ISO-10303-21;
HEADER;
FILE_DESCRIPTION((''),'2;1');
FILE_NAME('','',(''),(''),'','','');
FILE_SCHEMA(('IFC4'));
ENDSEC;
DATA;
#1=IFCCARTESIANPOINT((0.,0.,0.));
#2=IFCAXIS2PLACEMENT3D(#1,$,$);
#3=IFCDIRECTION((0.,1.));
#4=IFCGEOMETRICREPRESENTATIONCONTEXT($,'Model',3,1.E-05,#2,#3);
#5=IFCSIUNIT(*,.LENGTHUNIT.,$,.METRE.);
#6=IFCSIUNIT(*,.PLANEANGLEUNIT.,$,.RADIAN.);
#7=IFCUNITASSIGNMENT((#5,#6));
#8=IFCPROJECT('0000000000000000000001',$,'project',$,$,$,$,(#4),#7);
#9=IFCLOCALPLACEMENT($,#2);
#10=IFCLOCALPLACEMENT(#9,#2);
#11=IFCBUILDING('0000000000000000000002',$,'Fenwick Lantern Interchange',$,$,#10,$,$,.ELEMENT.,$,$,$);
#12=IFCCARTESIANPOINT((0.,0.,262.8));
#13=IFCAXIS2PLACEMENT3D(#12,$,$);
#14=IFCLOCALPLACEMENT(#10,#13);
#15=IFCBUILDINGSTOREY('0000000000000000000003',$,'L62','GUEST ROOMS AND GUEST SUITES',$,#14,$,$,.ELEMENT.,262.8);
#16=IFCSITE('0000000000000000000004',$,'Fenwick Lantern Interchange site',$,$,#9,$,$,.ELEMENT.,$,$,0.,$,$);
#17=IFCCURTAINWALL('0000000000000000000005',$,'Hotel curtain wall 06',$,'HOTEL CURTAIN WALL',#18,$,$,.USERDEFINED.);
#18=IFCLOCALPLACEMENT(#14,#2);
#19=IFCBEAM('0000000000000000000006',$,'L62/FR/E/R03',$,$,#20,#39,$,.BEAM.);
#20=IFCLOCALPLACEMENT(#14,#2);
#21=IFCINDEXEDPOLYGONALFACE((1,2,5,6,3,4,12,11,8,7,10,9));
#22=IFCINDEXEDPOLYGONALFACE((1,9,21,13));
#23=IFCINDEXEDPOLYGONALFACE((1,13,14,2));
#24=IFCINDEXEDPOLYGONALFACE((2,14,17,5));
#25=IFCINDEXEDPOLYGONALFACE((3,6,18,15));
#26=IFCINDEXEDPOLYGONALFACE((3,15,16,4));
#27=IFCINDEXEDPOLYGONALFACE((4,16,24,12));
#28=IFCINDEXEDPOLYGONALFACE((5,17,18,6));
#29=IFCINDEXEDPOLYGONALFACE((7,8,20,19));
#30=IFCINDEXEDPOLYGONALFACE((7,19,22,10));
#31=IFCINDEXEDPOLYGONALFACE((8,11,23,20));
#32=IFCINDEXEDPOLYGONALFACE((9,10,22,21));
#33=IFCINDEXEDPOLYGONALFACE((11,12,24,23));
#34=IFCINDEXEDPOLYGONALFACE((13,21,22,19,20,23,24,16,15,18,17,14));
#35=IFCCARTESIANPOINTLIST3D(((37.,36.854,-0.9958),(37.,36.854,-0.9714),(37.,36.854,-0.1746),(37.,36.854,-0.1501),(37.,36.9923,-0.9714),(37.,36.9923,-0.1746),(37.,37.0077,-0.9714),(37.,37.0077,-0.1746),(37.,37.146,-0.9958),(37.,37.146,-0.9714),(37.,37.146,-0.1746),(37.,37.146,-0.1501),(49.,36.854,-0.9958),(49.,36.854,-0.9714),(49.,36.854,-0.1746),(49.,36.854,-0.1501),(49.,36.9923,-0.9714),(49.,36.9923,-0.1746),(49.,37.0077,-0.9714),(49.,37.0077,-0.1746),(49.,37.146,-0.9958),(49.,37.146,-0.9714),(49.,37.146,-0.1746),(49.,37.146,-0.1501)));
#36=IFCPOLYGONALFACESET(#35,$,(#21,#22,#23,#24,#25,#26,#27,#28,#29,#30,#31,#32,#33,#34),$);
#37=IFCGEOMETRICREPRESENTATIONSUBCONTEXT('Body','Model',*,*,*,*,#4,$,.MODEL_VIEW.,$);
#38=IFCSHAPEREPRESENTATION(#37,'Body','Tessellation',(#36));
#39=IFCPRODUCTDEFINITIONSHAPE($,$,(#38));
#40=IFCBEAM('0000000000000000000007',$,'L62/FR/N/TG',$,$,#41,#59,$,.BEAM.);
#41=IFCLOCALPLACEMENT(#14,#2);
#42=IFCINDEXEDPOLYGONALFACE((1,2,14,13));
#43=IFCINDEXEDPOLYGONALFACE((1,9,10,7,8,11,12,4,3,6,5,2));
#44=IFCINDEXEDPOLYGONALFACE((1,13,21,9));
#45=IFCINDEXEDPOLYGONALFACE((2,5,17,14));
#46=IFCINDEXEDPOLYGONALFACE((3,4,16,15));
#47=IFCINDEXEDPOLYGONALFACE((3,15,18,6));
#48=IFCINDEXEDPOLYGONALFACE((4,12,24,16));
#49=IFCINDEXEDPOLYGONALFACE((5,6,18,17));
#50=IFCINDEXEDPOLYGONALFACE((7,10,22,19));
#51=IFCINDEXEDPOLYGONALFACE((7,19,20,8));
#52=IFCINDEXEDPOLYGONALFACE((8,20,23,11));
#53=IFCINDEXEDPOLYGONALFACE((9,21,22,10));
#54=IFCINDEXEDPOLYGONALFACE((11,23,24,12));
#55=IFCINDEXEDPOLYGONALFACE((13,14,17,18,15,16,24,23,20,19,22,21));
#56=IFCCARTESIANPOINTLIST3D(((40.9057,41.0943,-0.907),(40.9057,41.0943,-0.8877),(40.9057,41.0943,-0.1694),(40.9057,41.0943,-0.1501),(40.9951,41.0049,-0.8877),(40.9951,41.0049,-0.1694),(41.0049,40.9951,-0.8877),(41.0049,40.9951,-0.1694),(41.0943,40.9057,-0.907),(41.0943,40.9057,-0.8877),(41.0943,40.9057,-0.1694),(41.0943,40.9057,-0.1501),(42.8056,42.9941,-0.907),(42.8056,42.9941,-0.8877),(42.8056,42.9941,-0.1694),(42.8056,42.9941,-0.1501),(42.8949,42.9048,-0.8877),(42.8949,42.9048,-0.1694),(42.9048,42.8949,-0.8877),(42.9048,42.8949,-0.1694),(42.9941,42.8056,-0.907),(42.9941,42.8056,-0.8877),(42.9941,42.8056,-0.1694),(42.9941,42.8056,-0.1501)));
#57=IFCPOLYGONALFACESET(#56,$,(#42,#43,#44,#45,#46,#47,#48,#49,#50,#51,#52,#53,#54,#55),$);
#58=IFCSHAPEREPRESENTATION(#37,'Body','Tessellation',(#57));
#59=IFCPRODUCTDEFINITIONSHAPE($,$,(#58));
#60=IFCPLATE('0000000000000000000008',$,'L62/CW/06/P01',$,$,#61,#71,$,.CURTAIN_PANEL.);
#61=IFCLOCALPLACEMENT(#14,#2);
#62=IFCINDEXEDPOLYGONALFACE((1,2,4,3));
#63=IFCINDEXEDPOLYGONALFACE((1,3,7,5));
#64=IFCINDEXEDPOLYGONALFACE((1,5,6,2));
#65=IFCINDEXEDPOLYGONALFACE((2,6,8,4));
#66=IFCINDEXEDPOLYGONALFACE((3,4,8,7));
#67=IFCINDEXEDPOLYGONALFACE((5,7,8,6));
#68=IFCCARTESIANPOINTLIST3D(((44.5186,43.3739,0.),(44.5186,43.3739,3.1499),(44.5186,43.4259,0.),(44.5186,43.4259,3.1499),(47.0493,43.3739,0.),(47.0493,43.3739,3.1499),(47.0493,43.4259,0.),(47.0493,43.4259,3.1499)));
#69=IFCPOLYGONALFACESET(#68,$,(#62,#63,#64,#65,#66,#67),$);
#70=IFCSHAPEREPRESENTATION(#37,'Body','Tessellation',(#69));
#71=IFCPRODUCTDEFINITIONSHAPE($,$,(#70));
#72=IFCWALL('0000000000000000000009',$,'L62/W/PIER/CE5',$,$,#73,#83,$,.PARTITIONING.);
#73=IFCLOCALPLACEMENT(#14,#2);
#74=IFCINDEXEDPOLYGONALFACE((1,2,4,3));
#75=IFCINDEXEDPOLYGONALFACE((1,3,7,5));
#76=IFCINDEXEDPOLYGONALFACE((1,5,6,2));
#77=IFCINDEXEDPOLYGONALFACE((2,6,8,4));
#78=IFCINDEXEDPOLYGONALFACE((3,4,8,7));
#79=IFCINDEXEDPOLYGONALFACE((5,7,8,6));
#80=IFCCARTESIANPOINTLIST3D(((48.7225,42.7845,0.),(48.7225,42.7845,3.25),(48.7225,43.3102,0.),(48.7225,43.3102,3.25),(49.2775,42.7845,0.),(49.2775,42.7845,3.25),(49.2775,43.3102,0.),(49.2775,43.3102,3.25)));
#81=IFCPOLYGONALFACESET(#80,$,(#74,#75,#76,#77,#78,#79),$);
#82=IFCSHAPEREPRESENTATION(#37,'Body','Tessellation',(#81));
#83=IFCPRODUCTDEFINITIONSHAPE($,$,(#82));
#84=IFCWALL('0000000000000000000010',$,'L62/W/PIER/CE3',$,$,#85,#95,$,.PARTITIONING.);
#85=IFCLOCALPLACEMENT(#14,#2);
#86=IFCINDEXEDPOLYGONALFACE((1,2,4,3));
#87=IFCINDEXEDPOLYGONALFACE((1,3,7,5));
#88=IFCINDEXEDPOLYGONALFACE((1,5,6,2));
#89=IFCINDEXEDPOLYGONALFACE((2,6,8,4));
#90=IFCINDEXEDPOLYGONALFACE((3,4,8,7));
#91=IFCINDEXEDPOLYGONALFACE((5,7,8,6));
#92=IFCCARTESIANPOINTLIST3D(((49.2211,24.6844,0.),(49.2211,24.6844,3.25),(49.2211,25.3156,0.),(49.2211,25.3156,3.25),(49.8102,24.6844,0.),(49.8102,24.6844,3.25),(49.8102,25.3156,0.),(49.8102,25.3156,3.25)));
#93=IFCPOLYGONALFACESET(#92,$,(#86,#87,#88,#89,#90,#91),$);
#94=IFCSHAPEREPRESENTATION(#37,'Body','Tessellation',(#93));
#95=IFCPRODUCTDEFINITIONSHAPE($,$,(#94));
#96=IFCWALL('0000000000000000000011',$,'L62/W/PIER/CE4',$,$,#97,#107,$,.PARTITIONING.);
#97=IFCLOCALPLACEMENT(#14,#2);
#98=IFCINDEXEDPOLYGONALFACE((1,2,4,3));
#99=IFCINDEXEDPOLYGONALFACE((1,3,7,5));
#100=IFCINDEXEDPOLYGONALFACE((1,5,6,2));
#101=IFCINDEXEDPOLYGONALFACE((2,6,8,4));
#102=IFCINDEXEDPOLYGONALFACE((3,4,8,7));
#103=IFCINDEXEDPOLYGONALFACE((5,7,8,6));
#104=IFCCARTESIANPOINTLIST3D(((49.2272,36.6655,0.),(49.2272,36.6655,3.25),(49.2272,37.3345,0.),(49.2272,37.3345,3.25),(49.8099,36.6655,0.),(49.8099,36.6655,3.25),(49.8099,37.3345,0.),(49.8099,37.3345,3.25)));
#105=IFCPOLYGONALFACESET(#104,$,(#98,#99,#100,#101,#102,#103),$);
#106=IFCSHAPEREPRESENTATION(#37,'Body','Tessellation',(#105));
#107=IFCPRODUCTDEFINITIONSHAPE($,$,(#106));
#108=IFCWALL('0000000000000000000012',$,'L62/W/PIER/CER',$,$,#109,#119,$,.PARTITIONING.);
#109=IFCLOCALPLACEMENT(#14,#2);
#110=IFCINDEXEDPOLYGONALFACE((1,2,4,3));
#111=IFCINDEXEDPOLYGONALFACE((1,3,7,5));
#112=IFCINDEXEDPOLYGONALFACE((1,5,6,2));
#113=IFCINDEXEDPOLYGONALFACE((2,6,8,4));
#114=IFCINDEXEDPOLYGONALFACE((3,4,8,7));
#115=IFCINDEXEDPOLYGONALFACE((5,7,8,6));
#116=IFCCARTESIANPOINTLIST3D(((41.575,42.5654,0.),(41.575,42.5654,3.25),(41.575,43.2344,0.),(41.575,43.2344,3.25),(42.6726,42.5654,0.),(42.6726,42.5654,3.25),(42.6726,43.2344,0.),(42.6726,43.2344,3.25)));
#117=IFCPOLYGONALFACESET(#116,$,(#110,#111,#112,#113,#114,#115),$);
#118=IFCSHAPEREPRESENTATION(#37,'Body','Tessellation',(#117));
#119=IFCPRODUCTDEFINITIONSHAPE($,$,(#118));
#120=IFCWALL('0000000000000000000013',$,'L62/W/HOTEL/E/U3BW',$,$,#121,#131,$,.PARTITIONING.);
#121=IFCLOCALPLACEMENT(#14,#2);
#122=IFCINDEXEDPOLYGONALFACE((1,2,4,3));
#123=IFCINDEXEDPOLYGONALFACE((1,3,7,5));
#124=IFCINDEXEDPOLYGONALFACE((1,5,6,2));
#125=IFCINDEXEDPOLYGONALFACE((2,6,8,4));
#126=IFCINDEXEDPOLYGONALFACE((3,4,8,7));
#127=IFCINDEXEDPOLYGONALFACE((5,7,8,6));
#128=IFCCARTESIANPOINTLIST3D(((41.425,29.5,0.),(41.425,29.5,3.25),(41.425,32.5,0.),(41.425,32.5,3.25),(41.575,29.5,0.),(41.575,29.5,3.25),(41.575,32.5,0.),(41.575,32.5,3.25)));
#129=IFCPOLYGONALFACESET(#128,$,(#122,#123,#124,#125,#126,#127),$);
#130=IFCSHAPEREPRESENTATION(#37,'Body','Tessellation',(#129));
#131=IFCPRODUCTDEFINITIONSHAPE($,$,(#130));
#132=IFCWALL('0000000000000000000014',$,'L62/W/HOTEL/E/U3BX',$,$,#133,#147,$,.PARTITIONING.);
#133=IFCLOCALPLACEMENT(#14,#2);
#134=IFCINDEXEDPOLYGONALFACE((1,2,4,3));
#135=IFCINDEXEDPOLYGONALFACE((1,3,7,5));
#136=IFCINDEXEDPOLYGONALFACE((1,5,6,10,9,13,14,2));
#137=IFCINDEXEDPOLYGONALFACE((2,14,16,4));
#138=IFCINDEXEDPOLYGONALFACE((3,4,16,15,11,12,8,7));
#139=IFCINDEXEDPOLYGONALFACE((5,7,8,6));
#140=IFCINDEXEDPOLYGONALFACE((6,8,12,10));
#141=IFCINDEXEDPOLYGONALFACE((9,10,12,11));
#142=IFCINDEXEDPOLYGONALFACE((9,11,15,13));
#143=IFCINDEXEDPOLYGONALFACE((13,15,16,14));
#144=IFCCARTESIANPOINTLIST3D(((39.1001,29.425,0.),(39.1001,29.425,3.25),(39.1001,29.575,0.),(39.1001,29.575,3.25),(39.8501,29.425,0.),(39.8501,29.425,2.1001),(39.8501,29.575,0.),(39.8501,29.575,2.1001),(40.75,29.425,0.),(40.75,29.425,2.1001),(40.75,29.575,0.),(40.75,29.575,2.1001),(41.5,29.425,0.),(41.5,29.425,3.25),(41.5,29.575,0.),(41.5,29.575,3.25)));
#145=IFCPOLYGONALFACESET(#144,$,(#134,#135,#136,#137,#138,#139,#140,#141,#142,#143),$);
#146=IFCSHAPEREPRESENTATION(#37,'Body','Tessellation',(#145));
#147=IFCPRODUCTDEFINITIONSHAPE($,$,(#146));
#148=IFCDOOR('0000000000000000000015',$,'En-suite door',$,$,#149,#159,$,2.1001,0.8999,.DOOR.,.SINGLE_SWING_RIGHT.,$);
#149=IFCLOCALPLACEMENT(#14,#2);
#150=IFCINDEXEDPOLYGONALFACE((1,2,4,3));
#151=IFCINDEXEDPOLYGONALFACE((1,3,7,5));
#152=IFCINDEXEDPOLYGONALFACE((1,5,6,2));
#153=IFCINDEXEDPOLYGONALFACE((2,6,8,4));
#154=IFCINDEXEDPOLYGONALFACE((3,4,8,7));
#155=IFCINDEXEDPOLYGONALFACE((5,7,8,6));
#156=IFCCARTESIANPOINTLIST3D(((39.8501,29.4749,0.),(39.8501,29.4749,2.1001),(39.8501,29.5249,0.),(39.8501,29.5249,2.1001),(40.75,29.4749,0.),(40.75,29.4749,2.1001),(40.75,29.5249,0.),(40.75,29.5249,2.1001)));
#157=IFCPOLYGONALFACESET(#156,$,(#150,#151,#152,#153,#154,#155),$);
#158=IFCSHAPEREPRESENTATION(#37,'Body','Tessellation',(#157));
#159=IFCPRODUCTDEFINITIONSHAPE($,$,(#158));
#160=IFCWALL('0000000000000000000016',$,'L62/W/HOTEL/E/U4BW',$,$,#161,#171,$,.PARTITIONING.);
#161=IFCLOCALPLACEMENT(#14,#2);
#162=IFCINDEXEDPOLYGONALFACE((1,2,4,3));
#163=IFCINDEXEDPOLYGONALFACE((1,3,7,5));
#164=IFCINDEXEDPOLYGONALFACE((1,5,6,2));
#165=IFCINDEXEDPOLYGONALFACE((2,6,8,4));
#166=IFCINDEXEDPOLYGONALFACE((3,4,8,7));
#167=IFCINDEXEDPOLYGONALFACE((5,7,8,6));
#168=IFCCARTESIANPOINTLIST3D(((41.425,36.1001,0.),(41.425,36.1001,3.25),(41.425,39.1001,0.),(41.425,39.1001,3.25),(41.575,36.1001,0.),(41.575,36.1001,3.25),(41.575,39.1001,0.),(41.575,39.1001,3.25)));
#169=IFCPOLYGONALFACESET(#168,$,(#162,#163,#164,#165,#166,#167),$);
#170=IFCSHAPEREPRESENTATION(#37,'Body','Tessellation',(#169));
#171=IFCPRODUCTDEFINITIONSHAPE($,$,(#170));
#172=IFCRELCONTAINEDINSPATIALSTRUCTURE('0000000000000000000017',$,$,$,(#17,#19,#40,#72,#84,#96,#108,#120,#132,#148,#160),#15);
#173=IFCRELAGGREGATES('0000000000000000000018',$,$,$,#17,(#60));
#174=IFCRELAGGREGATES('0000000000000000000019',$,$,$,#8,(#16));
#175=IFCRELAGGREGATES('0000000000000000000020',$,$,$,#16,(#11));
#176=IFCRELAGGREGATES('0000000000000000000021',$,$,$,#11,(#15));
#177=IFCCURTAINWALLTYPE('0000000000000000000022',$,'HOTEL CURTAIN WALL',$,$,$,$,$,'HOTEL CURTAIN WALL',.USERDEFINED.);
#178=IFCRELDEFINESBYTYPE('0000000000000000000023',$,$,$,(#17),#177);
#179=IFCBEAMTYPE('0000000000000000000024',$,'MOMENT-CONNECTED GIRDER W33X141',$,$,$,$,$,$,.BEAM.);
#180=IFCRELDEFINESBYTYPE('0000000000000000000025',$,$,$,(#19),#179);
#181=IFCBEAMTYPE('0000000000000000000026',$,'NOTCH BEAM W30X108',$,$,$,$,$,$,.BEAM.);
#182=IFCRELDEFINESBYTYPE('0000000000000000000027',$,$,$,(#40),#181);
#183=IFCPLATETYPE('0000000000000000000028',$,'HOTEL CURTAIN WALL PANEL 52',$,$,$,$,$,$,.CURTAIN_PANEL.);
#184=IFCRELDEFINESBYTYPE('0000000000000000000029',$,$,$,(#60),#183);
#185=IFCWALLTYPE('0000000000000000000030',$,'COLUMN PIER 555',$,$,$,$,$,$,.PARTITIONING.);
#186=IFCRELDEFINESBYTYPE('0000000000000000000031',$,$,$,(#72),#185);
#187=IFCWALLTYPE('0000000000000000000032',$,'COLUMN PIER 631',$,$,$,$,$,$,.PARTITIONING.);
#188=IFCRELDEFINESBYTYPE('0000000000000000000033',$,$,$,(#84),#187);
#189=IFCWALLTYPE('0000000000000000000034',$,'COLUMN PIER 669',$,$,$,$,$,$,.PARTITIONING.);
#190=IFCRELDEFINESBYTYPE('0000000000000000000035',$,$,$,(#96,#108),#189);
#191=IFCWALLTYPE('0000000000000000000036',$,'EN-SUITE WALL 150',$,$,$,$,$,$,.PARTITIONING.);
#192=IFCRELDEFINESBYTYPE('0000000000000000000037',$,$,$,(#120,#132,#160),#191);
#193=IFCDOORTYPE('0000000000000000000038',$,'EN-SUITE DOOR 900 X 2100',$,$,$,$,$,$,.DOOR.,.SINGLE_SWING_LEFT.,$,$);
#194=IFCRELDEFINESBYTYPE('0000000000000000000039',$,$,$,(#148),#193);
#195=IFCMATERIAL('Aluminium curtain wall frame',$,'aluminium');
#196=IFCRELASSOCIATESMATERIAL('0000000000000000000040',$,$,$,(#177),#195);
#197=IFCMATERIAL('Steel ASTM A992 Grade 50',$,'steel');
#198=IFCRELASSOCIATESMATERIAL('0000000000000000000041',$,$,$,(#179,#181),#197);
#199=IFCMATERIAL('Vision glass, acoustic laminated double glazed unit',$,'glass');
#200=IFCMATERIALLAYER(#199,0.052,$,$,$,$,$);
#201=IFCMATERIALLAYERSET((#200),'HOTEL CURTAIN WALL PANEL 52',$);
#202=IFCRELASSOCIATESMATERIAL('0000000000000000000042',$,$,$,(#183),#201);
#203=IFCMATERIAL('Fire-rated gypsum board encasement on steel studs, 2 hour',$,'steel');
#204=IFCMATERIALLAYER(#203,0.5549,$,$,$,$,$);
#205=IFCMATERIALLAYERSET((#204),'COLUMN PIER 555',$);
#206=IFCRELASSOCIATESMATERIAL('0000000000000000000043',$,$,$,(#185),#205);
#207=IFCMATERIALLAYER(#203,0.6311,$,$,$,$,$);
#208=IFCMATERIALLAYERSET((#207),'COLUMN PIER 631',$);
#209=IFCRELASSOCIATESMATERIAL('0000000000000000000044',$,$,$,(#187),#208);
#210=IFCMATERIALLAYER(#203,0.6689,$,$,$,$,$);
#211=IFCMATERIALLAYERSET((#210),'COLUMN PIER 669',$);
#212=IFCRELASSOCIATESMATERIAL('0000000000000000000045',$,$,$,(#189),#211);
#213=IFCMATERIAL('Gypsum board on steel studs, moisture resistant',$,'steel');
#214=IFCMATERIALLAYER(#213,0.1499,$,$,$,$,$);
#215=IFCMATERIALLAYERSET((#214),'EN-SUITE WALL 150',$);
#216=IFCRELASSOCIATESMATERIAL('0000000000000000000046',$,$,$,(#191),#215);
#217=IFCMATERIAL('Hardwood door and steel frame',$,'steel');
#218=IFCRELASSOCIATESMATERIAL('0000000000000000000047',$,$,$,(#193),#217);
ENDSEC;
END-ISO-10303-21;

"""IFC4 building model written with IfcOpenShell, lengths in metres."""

from ifc_helpers import new_model, si_unit, direction, frame, frame_2d, origin, origin_2d, place, context, subcontext, project, spatial, rectangle, i_section, extrude, material, layer, layer_set, material_profile, profile_set, type_object, element, fill, aggregate, save


model = new_model("IFC4")

# Units and contexts
model_context = context("Model", 3, precision=1e-05, world=origin(), true_north=direction((0.0, 1.0)))
body_context = subcontext(model_context, "Body", "Model", "MODEL_VIEW")
ifc_project = project(units=[si_unit("LENGTHUNIT", "METRE"), si_unit("PLANEANGLEUNIT", "RADIAN")], contexts=[model_context])

# Site, building, storey
site_placement = place(None, origin())
site = spatial("IfcSite", under=ifc_project, at=site_placement, Name="Fenwick Lantern Interchange site", CompositionType="ELEMENT", RefElevation=0.0)
building_placement = place(site_placement, origin())
building = spatial("IfcBuilding", under=site, at=building_placement, Name="Fenwick Lantern Interchange", CompositionType="ELEMENT")
storey_placement = place(building_placement, frame((0.0, 0.0, 262.8)))
storey = spatial("IfcBuildingStorey", under=building, at=storey_placement, Name="L62", Description="GUEST ROOMS AND GUEST SUITES", CompositionType="ELEMENT", Elevation=262.8)

# Shared definitions
ifc_material_1 = material(Name="Steel ASTM A992 Grade 50", Category="steel")

# Curtain wall
ifc_material_2 = material(Name="Aluminium curtain wall frame", Category="aluminium")
curtain_wall_type = type_object("IfcCurtainWallType", Name="HOTEL CURTAIN WALL", ElementType="HOTEL CURTAIN WALL", PredefinedType="USERDEFINED", material=ifc_material_2)
curtain_wall_1_placement = place(storey_placement, origin())
curtain_wall_1 = element("IfcCurtainWall", 1, at=curtain_wall_1_placement, inside=storey, type_object=curtain_wall_type, Name="Hotel curtain wall 06", ObjectType="HOTEL CURTAIN WALL", PredefinedType="USERDEFINED")

# Beams
ifc_material_profile_1 = material_profile(ifc_material_1, i_section(OverallWidth=0.292, OverallDepth=0.8457, WebThickness=0.0154, FlangeThickness=0.0244, at=origin_2d()), Name="W33X141")
ifc_profile_set_1 = profile_set([ifc_material_profile_1], Name="Steel ASTM A992 Grade 50")
beam_type_1 = type_object("IfcBeamType", Name="MOMENT-CONNECTED GIRDER W33X141", PredefinedType="BEAM", material=ifc_profile_set_1)
beam_1_placement = place(storey_placement, frame((49.0, 37.0, -0.573), z_axis=(-1.0, 0.0, 0.0), x_axis=(0.0, -1.0, 0.0)))
element("IfcBeam", 2, at=beam_1_placement, inside=storey, type_object=beam_type_1, Name="L62/FR/E/R03", PredefinedType="BEAM", context=body_context, shape_type="SweptSolid", body=[
    extrude(i_section(OverallWidth=0.292, OverallDepth=0.8457, WebThickness=0.0154, FlangeThickness=0.0244, at=origin_2d()), origin(), (0.0, 0.0, 1.0), 12.0),
])
ifc_material_profile_2 = material_profile(ifc_material_1, i_section(OverallWidth=0.2666, OverallDepth=0.7568, WebThickness=0.0139, FlangeThickness=0.0193, at=origin_2d()), Name="W30X108")
ifc_profile_set_2 = profile_set([ifc_material_profile_2], Name="Steel ASTM A992 Grade 50")
beam_type_2 = type_object("IfcBeamType", Name="NOTCH BEAM W30X108", PredefinedType="BEAM", material=ifc_profile_set_2)
beam_2_placement = place(storey_placement, frame((41.0, 41.0, -0.5286), z_axis=(0.707107, 0.707107, 0.0), x_axis=(-0.707107, 0.707107, 0.0)))
element("IfcBeam", 3, at=beam_2_placement, inside=storey, type_object=beam_type_2, Name="L62/FR/N/TG", PredefinedType="BEAM", context=body_context, shape_type="SweptSolid", body=[
    extrude(i_section(OverallWidth=0.2666, OverallDepth=0.7568, WebThickness=0.0139, FlangeThickness=0.0193, at=origin_2d()), origin(), (0.0, 0.0, 1.0), 2.6868),
])

# Plate
ifc_material_3 = material(Name="Vision glass, acoustic laminated double glazed unit", Category="glass")
ifc_layer_1 = layer(ifc_material_3, 0.052)
ifc_layer_set_1 = layer_set([ifc_layer_1], Name="HOTEL CURTAIN WALL PANEL 52")
plate_type = type_object("IfcPlateType", Name="HOTEL CURTAIN WALL PANEL 52", PredefinedType="CURTAIN_PANEL", material=ifc_layer_set_1)
plate_placement = place(storey_placement, frame((45.7839, 43.3999, 0.0), z_axis=(0.0, 0.0, 1.0), x_axis=(-1.0, 0.0, 0.0)))
plate = element("IfcPlate", 4, at=plate_placement, type_object=plate_type, Name="L62/CW/06/P01", PredefinedType="CURTAIN_PANEL", context=body_context, shape_type="SweptSolid", body=[
    extrude(rectangle(XDim=2.5308, YDim=0.052, at=origin_2d()), origin(), (0.0, 0.0, 1.0), 3.1499),
])
aggregate(curtain_wall_1, [plate])

# Walls
ifc_material_4 = material(Name="Fire-rated gypsum board encasement on steel studs, 2 hour", Category="steel")
ifc_layer_2 = layer(ifc_material_4, 0.5549)
ifc_layer_set_2 = layer_set([ifc_layer_2], Name="COLUMN PIER 555")
wall_type_1 = type_object("IfcWallType", Name="COLUMN PIER 555", PredefinedType="PARTITIONING", material=ifc_layer_set_2)
wall_1_placement = place(storey_placement, frame((49.0, 43.3101, 0.0), z_axis=(0.0, 0.0, 1.0), x_axis=(0.0, -1.0, 0.0)))
element("IfcWall", 5, at=wall_1_placement, inside=storey, type_object=wall_type_1, Name="L62/W/PIER/CE5", PredefinedType="PARTITIONING", context=body_context, shape_type="SweptSolid", body=[
    extrude(rectangle(XDim=0.5256, YDim=0.5549, at=frame_2d((0.2627, 0.0))), origin(), (0.0, 0.0, 1.0), 3.25),
])
ifc_layer_3 = layer(ifc_material_4, 0.6311)
ifc_layer_set_3 = layer_set([ifc_layer_3], Name="COLUMN PIER 631")
wall_type_2 = type_object("IfcWallType", Name="COLUMN PIER 631", PredefinedType="PARTITIONING", material=ifc_layer_set_3)
wall_2_placement = place(storey_placement, frame((49.8101, 25.0, 0.0), z_axis=(0.0, 0.0, 1.0), x_axis=(-1.0, 0.0, 0.0)))
element("IfcWall", 6, at=wall_2_placement, inside=storey, type_object=wall_type_2, Name="L62/W/PIER/CE3", PredefinedType="PARTITIONING", context=body_context, shape_type="SweptSolid", body=[
    extrude(rectangle(XDim=0.5891, YDim=0.6311, at=frame_2d((0.2944, 0.0))), origin(), (0.0, 0.0, 1.0), 3.25),
])
ifc_layer_4 = layer(ifc_material_4, 0.6689)
ifc_layer_set_4 = layer_set([ifc_layer_4], Name="COLUMN PIER 669")
wall_type_3 = type_object("IfcWallType", Name="COLUMN PIER 669", PredefinedType="PARTITIONING", material=ifc_layer_set_4)
wall_3_placement = place(storey_placement, frame((49.8101, 37.0, 0.0), z_axis=(0.0, 0.0, 1.0), x_axis=(-1.0, 0.0, 0.0)))
element("IfcWall", 7, at=wall_3_placement, inside=storey, type_object=wall_type_3, Name="L62/W/PIER/CE4", PredefinedType="PARTITIONING", context=body_context, shape_type="SweptSolid", body=[
    extrude(rectangle(XDim=0.5828, YDim=0.6689, at=frame_2d((0.2915, 0.0))), origin(), (0.0, 0.0, 1.0), 3.25),
])
wall_4_placement = place(storey_placement, frame((41.575, 42.8999, 0.0), z_axis=(0.0, 0.0, 1.0), x_axis=(1.0, 0.0, 0.0)))
element("IfcWall", 8, at=wall_4_placement, inside=storey, type_object=wall_type_3, Name="L62/W/PIER/CER", PredefinedType="PARTITIONING", context=body_context, shape_type="SweptSolid", body=[
    extrude(rectangle(XDim=1.0977, YDim=0.6689, at=frame_2d((0.5488, 0.0))), origin(), (0.0, 0.0, 1.0), 3.25),
])
ifc_material_5 = material(Name="Gypsum board on steel studs, moisture resistant", Category="steel")
ifc_layer_5 = layer(ifc_material_5, 0.1499)
ifc_layer_set_5 = layer_set([ifc_layer_5], Name="EN-SUITE WALL 150")
wall_type_4 = type_object("IfcWallType", Name="EN-SUITE WALL 150", PredefinedType="PARTITIONING", material=ifc_layer_set_5)
wall_5_placement = place(storey_placement, frame((41.5, 29.5, 0.0), z_axis=(0.0, 0.0, 1.0), x_axis=(0.0, 1.0, 0.0)))
element("IfcWall", 9, at=wall_5_placement, inside=storey, type_object=wall_type_4, Name="L62/W/HOTEL/E/U3BW", PredefinedType="PARTITIONING", context=body_context, shape_type="SweptSolid", body=[
    extrude(rectangle(XDim=3.0, YDim=0.1499, at=frame_2d((1.5, 0.0))), origin(), (0.0, 0.0, 1.0), 3.25),
])

# Wall, opening, door
wall_6_placement = place(storey_placement, frame((41.5, 29.5, 0.0), z_axis=(0.0, 0.0, 1.0), x_axis=(-1.0, 0.0, 0.0)))
wall_6 = element("IfcWall", 10, at=wall_6_placement, inside=storey, type_object=wall_type_4, Name="L62/W/HOTEL/E/U3BX", PredefinedType="PARTITIONING", context=body_context, shape_type="SweptSolid", body=[
    extrude(rectangle(XDim=2.3999, YDim=0.1499, at=frame_2d((1.2, 0.0))), origin(), (0.0, 0.0, 1.0), 3.25),
])
opening_1_placement = place(wall_6_placement, frame((0.75, 0.0, 0.0)))
opening_1 = element("IfcOpeningElement", 11, at=opening_1_placement, cuts=wall_6, PredefinedType="OPENING", context=body_context, shape_type="SweptSolid", body=[
    extrude(rectangle(XDim=0.8999, YDim=2.1001, at=frame_2d((0.45, 1.05))), frame((0.0, 0.085, 0.0), z_axis=(0.0, -1.0, 0.0), x_axis=(1.0, 0.0, 0.0)), (0.0, 0.0, 1.0), 0.1699),
])
ifc_material_6 = material(Name="Hardwood door and steel frame", Category="steel")
door_type = type_object("IfcDoorType", Name="EN-SUITE DOOR 900 X 2100", OperationType="SINGLE_SWING_LEFT", PredefinedType="DOOR", material=ifc_material_6)
door_1_placement = place(opening_1_placement, frame((0.8999, 0.0, 0.0), z_axis=(0.0, 0.0, 1.0), x_axis=(-1.0, 0.0, 0.0)))
door_1 = element("IfcDoor", 12, at=door_1_placement, inside=storey, type_object=door_type, Name="En-suite door", OperationType="SINGLE_SWING_RIGHT", OverallHeight=2.1001, OverallWidth=0.8999, PredefinedType="DOOR", context=body_context, shape_type="SweptSolid", body=[
    extrude(rectangle(XDim=0.8999, YDim=2.1001, at=frame_2d((0.45, 1.05))), frame((0.0, 0.0249, 0.0), z_axis=(0.0, -1.0, 0.0), x_axis=(1.0, 0.0, 0.0)), (0.0, 0.0, 1.0), 0.05),
])
fill(opening_1, door_1)

# Wall
wall_7_placement = place(storey_placement, frame((41.5, 36.1001, 0.0), z_axis=(0.0, 0.0, 1.0), x_axis=(0.0, 1.0, 0.0)))
element("IfcWall", 13, at=wall_7_placement, inside=storey, type_object=wall_type_4, Name="L62/W/HOTEL/E/U4BW", PredefinedType="PARTITIONING", context=body_context, shape_type="SweptSolid", body=[
    extrude(rectangle(XDim=3.0, YDim=0.1499, at=frame_2d((1.5, 0.0))), origin(), (0.0, 0.0, 1.0), 3.25),
])

save(model, "model.ifc")
